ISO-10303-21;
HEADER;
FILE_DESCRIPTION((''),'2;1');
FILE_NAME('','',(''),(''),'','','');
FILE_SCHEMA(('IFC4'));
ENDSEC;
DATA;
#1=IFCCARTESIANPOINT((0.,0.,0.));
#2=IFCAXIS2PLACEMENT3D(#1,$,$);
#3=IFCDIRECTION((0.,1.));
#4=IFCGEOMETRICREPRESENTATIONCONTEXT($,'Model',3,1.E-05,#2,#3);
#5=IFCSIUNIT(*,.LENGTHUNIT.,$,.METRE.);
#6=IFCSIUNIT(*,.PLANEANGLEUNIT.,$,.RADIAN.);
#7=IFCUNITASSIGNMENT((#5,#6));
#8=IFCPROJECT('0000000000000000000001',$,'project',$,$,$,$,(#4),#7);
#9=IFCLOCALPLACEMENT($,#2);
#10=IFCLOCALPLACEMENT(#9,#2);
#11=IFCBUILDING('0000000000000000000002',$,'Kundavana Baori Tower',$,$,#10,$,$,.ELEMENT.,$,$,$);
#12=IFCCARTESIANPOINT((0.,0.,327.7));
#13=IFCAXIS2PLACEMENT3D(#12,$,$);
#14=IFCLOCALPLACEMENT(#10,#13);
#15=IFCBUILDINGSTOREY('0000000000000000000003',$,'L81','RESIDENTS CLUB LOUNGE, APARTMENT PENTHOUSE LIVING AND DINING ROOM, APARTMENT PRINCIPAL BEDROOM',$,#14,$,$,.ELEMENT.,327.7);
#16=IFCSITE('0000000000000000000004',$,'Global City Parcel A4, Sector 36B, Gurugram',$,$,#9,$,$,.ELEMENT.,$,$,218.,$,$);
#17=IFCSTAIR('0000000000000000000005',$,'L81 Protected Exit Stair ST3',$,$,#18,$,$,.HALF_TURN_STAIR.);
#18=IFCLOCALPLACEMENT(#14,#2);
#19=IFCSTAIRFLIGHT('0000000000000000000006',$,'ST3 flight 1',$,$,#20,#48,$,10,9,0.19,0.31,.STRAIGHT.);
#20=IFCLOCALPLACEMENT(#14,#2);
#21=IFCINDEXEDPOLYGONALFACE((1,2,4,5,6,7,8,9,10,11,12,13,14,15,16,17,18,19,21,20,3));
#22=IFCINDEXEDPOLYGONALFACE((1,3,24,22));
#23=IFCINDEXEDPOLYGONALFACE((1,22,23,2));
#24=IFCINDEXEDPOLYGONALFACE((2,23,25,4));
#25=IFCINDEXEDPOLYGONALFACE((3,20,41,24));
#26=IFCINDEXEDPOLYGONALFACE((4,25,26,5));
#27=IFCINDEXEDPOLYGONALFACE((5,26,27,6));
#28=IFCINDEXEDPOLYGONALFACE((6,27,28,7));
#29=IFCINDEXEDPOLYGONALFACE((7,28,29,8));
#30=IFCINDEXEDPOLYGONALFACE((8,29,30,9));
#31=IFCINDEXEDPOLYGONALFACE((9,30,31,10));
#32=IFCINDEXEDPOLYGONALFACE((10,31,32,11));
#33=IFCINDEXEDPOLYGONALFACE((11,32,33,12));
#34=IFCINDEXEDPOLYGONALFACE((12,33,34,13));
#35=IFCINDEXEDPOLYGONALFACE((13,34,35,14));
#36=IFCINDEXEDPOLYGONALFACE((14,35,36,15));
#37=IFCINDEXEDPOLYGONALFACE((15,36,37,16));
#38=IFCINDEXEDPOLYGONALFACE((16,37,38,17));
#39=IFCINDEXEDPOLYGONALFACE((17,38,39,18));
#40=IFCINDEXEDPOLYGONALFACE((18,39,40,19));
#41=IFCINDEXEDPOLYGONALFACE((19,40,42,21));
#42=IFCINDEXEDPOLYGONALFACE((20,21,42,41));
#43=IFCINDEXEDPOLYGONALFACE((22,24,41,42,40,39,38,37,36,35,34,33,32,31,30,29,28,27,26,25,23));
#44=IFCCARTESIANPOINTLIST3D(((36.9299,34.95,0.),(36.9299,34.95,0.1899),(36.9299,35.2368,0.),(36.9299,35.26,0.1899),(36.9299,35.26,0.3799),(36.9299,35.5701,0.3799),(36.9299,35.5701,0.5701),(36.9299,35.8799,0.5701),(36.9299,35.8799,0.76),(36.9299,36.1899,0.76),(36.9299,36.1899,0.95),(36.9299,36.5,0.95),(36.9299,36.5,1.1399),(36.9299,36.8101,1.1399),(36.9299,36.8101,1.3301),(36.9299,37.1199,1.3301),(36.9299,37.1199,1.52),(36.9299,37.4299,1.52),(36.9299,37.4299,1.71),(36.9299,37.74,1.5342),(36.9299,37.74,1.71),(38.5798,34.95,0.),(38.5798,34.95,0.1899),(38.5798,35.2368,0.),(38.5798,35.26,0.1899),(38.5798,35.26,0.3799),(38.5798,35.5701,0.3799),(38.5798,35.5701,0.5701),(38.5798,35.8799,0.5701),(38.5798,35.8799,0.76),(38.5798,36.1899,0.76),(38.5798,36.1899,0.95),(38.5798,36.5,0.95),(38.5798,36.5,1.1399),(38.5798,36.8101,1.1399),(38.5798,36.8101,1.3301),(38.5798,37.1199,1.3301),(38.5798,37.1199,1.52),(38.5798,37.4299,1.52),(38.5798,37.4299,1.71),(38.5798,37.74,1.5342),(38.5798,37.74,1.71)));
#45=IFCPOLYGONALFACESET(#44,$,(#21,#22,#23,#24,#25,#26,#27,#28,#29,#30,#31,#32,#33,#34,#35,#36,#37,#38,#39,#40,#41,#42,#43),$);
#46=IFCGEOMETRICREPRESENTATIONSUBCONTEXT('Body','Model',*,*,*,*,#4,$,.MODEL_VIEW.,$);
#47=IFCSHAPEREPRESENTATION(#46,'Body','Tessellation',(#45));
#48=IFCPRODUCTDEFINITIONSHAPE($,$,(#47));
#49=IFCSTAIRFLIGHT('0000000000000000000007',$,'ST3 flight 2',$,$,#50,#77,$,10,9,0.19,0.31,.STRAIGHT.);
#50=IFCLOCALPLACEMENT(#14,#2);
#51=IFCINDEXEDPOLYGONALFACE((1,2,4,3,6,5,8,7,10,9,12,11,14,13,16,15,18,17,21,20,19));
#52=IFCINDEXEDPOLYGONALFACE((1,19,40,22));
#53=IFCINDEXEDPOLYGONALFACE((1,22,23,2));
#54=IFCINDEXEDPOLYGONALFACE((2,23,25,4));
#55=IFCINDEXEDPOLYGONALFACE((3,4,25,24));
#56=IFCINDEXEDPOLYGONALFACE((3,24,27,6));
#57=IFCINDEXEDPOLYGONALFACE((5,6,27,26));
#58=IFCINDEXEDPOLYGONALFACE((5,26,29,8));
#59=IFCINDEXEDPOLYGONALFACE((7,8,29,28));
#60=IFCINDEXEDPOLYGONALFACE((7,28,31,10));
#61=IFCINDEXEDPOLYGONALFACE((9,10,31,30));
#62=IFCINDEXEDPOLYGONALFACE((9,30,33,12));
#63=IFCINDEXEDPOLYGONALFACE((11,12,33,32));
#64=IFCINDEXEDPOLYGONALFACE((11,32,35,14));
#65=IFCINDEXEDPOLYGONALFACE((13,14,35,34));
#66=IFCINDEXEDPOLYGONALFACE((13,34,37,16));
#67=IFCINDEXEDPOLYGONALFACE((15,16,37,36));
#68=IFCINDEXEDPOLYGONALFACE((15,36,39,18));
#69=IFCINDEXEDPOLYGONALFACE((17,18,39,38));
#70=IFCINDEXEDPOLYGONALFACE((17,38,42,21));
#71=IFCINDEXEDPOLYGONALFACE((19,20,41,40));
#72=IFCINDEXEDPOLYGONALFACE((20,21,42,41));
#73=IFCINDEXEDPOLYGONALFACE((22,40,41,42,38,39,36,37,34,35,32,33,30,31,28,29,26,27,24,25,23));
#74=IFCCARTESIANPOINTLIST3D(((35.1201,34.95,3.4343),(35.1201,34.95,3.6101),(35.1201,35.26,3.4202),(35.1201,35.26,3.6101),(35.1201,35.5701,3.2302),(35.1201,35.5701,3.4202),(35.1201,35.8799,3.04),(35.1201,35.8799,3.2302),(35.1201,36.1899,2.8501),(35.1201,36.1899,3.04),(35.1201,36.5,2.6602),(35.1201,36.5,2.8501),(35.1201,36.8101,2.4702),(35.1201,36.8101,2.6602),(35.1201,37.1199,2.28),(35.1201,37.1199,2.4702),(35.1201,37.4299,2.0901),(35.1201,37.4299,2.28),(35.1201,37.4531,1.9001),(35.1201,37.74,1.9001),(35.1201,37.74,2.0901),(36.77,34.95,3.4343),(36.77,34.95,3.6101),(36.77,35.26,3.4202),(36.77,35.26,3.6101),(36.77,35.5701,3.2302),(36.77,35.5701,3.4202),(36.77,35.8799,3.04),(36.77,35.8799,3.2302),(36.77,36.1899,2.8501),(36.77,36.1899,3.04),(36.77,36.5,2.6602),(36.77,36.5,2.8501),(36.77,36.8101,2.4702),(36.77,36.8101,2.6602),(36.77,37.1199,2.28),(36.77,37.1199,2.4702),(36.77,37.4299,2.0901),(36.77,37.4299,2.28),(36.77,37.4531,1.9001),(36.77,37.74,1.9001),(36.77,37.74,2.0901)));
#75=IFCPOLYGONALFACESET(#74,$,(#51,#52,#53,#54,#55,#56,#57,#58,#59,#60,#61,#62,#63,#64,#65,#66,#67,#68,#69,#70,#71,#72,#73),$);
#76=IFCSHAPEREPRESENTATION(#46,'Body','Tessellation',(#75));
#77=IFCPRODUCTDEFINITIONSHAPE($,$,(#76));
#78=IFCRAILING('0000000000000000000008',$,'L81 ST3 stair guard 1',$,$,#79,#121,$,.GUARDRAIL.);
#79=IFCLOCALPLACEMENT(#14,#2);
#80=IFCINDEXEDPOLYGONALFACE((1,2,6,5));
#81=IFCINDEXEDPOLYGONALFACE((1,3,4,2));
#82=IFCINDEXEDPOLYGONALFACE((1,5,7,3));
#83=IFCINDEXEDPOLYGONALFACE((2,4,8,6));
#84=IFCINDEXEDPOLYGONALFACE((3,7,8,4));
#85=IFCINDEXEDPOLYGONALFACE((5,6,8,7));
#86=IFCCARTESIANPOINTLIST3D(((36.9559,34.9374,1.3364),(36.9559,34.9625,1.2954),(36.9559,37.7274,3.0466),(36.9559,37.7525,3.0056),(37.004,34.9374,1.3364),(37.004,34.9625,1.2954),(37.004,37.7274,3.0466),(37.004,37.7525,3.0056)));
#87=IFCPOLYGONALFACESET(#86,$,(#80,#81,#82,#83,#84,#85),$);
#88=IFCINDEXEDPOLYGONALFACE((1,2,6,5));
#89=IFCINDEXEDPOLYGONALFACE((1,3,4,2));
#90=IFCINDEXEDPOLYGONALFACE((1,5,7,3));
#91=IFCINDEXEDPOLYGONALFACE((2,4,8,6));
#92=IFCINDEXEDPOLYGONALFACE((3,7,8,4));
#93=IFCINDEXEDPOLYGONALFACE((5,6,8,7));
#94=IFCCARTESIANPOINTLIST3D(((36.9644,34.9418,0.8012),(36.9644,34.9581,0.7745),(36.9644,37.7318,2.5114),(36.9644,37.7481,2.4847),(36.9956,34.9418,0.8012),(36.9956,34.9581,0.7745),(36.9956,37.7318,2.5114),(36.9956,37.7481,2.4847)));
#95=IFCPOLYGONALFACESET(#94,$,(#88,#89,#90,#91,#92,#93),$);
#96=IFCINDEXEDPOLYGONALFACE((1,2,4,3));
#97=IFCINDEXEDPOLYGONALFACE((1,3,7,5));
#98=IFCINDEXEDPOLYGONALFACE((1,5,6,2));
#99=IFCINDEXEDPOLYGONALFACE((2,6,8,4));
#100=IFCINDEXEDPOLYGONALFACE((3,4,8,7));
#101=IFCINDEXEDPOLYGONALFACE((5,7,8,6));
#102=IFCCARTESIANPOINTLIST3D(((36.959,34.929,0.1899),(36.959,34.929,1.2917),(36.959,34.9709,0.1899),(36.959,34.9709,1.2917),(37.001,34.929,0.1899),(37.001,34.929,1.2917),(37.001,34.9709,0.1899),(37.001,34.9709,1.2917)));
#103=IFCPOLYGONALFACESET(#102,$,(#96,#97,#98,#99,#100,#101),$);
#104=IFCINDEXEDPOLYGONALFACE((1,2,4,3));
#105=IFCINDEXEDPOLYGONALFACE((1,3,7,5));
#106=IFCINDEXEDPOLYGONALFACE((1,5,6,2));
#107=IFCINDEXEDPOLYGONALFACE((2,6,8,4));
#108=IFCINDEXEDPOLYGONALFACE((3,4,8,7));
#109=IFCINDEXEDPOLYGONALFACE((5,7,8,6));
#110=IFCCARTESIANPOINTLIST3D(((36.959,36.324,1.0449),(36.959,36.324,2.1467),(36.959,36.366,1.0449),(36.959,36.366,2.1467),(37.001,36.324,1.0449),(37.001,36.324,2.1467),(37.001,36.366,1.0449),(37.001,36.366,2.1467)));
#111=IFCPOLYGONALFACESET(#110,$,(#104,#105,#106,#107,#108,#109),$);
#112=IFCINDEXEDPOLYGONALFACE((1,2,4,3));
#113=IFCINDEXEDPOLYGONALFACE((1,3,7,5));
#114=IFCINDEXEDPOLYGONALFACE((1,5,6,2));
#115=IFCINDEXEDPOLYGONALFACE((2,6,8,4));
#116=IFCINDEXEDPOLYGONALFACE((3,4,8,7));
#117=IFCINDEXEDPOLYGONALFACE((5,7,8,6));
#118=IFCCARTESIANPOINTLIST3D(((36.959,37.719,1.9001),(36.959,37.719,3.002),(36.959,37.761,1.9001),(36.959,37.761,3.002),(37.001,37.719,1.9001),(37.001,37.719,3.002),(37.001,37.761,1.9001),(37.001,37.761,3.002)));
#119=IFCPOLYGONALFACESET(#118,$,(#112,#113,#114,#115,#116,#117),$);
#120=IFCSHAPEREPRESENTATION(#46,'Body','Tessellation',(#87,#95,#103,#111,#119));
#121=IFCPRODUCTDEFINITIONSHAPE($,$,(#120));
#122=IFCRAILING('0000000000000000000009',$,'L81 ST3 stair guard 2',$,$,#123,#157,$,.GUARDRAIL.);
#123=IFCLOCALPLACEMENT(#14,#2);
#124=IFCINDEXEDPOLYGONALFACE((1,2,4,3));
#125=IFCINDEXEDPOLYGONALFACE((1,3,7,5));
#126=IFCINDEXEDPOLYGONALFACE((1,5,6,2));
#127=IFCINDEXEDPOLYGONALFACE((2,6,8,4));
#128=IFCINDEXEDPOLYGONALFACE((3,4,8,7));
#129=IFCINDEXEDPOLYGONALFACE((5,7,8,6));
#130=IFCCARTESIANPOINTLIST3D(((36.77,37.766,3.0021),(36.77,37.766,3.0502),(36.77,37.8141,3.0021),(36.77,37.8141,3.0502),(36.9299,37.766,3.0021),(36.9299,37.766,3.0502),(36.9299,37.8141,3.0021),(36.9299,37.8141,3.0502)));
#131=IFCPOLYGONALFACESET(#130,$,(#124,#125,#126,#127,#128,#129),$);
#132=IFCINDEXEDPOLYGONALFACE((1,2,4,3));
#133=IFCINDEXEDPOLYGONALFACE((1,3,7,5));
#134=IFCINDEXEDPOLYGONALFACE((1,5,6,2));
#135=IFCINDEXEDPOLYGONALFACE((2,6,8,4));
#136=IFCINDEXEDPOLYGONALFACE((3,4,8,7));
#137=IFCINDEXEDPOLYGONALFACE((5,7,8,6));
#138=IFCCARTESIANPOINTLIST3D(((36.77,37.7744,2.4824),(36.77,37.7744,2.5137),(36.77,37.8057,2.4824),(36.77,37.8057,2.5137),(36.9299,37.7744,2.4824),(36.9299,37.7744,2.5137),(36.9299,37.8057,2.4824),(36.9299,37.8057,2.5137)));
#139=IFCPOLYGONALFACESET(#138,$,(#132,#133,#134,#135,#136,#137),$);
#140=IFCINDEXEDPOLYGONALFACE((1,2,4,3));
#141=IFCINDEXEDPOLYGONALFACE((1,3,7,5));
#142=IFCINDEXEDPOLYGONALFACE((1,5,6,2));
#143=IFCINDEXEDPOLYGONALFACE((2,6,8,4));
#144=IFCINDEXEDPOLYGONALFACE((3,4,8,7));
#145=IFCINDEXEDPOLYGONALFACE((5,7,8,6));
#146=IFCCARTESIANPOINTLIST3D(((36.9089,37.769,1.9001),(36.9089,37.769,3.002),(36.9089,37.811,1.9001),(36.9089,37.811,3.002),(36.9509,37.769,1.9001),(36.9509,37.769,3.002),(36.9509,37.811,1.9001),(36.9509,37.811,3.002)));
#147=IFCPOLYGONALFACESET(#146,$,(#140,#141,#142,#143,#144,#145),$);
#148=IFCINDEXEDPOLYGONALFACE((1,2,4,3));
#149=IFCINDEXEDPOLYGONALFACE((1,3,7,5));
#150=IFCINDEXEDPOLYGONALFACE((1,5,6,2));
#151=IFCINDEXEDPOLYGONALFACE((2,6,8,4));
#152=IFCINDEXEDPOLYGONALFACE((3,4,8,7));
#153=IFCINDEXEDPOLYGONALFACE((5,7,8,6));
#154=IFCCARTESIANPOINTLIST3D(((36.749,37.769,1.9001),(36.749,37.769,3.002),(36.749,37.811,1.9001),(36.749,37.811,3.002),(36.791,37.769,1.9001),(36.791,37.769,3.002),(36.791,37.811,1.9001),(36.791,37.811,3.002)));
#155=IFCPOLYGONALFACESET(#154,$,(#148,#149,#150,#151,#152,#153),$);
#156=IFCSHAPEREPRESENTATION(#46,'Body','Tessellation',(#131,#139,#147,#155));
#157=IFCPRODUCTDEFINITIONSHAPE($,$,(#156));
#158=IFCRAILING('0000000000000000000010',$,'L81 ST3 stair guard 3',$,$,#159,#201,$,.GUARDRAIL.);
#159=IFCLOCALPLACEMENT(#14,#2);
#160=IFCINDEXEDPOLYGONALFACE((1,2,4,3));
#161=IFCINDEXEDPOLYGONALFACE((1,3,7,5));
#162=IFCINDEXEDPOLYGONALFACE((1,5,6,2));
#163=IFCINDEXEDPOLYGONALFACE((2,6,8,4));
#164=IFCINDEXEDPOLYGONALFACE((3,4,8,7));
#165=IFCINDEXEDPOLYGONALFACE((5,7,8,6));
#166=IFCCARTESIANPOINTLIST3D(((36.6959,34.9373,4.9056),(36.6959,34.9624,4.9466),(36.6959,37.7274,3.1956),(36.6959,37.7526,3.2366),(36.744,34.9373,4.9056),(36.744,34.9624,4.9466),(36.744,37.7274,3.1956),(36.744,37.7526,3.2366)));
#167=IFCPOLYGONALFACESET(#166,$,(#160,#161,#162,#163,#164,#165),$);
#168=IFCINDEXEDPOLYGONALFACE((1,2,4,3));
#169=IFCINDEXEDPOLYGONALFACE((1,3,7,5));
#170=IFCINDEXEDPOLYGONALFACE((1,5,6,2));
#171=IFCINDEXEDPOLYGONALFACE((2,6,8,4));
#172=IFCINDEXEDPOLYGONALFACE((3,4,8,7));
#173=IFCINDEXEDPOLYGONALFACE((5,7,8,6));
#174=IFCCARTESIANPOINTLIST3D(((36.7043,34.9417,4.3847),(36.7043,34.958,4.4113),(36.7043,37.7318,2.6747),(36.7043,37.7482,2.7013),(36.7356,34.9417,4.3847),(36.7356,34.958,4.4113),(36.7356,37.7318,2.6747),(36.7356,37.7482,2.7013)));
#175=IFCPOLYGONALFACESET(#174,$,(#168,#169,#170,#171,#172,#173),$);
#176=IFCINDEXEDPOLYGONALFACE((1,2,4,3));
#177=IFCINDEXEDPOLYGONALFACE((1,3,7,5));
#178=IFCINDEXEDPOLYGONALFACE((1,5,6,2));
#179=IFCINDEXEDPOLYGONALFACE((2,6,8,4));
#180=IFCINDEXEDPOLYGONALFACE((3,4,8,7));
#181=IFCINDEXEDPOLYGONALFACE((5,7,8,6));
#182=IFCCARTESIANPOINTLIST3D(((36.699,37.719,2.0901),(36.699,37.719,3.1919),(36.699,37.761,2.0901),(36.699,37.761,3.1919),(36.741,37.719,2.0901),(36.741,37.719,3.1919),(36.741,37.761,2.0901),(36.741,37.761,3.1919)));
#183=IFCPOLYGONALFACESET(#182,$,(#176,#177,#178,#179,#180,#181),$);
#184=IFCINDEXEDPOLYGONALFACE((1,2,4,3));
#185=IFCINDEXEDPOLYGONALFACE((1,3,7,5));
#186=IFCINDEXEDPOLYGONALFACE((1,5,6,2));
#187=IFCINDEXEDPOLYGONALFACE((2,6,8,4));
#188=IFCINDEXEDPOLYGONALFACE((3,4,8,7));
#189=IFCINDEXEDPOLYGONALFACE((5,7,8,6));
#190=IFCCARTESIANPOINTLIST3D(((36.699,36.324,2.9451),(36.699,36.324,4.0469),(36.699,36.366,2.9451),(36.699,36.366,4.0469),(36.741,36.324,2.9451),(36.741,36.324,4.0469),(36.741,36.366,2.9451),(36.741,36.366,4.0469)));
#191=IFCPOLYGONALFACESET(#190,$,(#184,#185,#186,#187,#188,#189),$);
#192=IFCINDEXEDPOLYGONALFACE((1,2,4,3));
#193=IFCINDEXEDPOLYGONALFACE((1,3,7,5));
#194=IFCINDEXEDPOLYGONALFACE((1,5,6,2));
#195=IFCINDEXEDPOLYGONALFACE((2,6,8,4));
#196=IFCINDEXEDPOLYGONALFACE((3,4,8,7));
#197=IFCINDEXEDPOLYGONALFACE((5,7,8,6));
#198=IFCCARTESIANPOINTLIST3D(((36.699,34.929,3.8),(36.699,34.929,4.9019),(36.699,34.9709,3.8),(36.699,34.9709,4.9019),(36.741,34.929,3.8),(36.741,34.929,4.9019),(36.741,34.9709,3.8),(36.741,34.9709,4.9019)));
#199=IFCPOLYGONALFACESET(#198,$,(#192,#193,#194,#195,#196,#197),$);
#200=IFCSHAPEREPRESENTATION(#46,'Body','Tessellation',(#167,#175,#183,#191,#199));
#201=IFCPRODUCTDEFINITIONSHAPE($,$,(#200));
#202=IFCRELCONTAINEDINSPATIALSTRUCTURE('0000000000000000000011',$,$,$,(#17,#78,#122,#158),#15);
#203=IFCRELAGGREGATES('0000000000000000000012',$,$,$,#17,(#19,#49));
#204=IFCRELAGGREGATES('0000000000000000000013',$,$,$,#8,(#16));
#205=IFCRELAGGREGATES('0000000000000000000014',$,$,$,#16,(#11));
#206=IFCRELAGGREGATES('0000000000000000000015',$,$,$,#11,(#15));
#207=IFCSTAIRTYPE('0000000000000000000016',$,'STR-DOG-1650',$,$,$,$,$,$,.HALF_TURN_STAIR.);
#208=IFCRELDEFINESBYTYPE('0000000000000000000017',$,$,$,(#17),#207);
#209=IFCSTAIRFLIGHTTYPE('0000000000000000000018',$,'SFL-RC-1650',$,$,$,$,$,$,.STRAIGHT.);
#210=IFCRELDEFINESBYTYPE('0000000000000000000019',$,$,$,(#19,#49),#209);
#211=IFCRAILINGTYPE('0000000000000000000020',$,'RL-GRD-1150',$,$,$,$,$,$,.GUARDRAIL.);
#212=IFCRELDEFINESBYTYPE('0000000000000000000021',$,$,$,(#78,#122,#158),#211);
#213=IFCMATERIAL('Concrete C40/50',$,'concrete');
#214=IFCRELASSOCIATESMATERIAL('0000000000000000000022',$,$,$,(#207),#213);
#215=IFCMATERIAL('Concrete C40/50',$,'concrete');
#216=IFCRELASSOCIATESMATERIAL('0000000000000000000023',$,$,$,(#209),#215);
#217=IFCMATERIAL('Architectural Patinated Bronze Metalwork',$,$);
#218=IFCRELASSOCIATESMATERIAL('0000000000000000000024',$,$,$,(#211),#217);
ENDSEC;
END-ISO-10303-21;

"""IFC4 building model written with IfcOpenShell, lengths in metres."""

from ifc_helpers import new_model, si_unit, direction, frame, origin, origin_2d, place, context, subcontext, project, spatial, polyline, rectangle, outline, extrude, material, type_object, element, aggregate, save


model = new_model("IFC4")

# Units and contexts
model_context = context("Model", 3, precision=1e-05, world=origin(), true_north=direction((0.0, 1.0)))
body_context = subcontext(model_context, "Body", "Model", "MODEL_VIEW")
ifc_project = project(units=[si_unit("LENGTHUNIT", "METRE"), si_unit("PLANEANGLEUNIT", "RADIAN")], contexts=[model_context])

# Site, building, storey
site_placement = place(None, origin())
site = spatial("IfcSite", under=ifc_project, at=site_placement, Name="Global City Parcel A4, Sector 36B, Gurugram", CompositionType="ELEMENT", RefElevation=218.0)
building_placement = place(site_placement, origin())
building = spatial("IfcBuilding", under=site, at=building_placement, Name="Kundavana Baori Tower", CompositionType="ELEMENT")
storey_placement = place(building_placement, frame((0.0, 0.0, 327.7)))
storey = spatial("IfcBuildingStorey", under=building, at=storey_placement, Name="L81", Description="RESIDENTS CLUB LOUNGE, APARTMENT PENTHOUSE LIVING AND DINING ROOM, APARTMENT PRINCIPAL BEDROOM", CompositionType="ELEMENT", Elevation=327.7)

# Stair, stair flights
ifc_material_1 = material(Name="Concrete C40/50", Category="concrete")
stair_type = type_object("IfcStairType", Name="STR-DOG-1650", PredefinedType="HALF_TURN_STAIR", material=ifc_material_1)
stair_placement = place(storey_placement, origin())
stair = element("IfcStair", 1, at=stair_placement, inside=storey, type_object=stair_type, Name="L81 Protected Exit Stair ST3", PredefinedType="HALF_TURN_STAIR")
ifc_material_2 = material(Name="Concrete C40/50", Category="concrete")
stair_flight_type = type_object("IfcStairFlightType", Name="SFL-RC-1650", PredefinedType="STRAIGHT", material=ifc_material_2)
stair_flight_1_placement = place(storey_placement, frame((37.7549, 34.95, 0.0), z_axis=(0.0, 0.0, 1.0), x_axis=(0.0, 1.0, 0.0)))
stair_flight_1 = element("IfcStairFlight", 2, at=stair_flight_1_placement, type_object=stair_flight_type, Name="ST3 flight 1", NumberOfRisers=10, NumberOfTreads=9, PredefinedType="STRAIGHT", RiserHeight=0.19, TreadLength=0.31, context=body_context, shape_type="SweptSolid", body=[
    extrude(outline(polyline([(0.0, 0.0), (0.0, 0.1899), (0.3101, 0.1899), (0.3101, 0.3799), (0.6201, 0.3799), (0.6201, 0.5701), (0.9299, 0.5701), (0.9299, 0.76), (1.24, 0.76), (1.24, 0.95), (1.55, 0.95), (1.55, 1.1399), (1.8601, 1.1399), (1.8601, 1.3301), (2.1699, 1.3301), (2.1699, 1.52), (2.48, 1.52), (2.48, 1.71), (2.79, 1.71), (2.79, 1.8999), (2.79, 1.5342), (0.2869, 0.0), (0.0, 0.0)])), frame((0.0, 0.825, 0.0), z_axis=(0.0, -1.0, 0.0), x_axis=(1.0, 0.0, 0.0)), (0.0, 0.0, 1.0), 1.6499),
])
stair_flight_2_placement = place(storey_placement, frame((35.9451, 37.74, 1.9001), z_axis=(0.0, 0.0, 1.0), x_axis=(0.0, -1.0, 0.0)))
stair_flight_2 = element("IfcStairFlight", 3, at=stair_flight_2_placement, type_object=stair_flight_type, Name="ST3 flight 2", NumberOfRisers=10, NumberOfTreads=9, PredefinedType="STRAIGHT", RiserHeight=0.19, TreadLength=0.31, context=body_context, shape_type="SweptSolid", body=[
    extrude(outline(polyline([(0.0, 0.0), (0.0, 0.1899), (0.3101, 0.1899), (0.3101, 0.3799), (0.6201, 0.3799), (0.6201, 0.5701), (0.9299, 0.5701), (0.9299, 0.76), (1.24, 0.76), (1.24, 0.95), (1.55, 0.95), (1.55, 1.1399), (1.8601, 1.1399), (1.8601, 1.3301), (2.1699, 1.3301), (2.1699, 1.52), (2.48, 1.52), (2.48, 1.71), (2.79, 1.71), (2.79, 1.8999), (2.79, 1.5342), (0.2869, 0.0), (0.0, 0.0)])), frame((0.0, 0.825, 0.0), z_axis=(0.0, -1.0, 0.0), x_axis=(1.0, 0.0, 0.0)), (0.0, 0.0, 1.0), 1.6499),
])
aggregate(stair, [stair_flight_1, stair_flight_2])

# Railings
ifc_material_3 = material(Name="Architectural Patinated Bronze Metalwork")
railing_type_1 = type_object("IfcRailingType", Name="RL-GRD-1150", PredefinedType="GUARDRAIL", material=ifc_material_3)
railing_1_placement = place(storey_placement, frame((36.98, 34.95, 0.1899)))
element("IfcRailing", 4, at=railing_1_placement, inside=storey, type_object=railing_type_1, Name="L81 ST3 stair guard 1", PredefinedType="GUARDRAIL", context=body_context, shape_type="SweptSolid", body=[
    extrude(rectangle(XDim=0.0481, YDim=0.0481, at=origin_2d()), frame((0.0, 0.0, 1.126), z_axis=(0.0, 0.852577, 0.522602), x_axis=(-1.0, 0.0, 0.0)), (0.0, 0.0, 1.0), 3.2725),
    extrude(rectangle(XDim=0.0312, YDim=0.0312, at=origin_2d()), frame((0.0, 0.0, 0.5979), z_axis=(0.0, 0.852577, 0.522602), x_axis=(-1.0, 0.0, 0.0)), (0.0, 0.0, 1.0), 3.2725),
    extrude(rectangle(XDim=0.042, YDim=0.042, at=origin_2d()), origin(), (0.0, 0.0, 1.0), 1.1018),
    extrude(rectangle(XDim=0.042, YDim=0.042, at=origin_2d()), frame((0.0, 1.395, 0.855)), (0.0, 0.0, 1.0), 1.1018),
    extrude(rectangle(XDim=0.042, YDim=0.042, at=origin_2d()), frame((0.0, 2.79, 1.7102)), (0.0, 0.0, 1.0), 1.1018),
])
railing_2_placement = place(storey_placement, frame((36.9299, 37.79, 1.9001)))
element("IfcRailing", 5, at=railing_2_placement, inside=storey, type_object=railing_type_1, Name="L81 ST3 stair guard 2", PredefinedType="GUARDRAIL", context=body_context, shape_type="SweptSolid", body=[
    extrude(rectangle(XDim=0.0481, YDim=0.0481, at=origin_2d()), frame((0.0, 0.0, 1.126), z_axis=(-1.0, 0.0, 0.0), x_axis=(0.0, -1.0, 0.0)), (0.0, 0.0, 1.0), 0.1599),
    extrude(rectangle(XDim=0.0312, YDim=0.0312, at=origin_2d()), frame((0.0, 0.0, 0.5979), z_axis=(-1.0, 0.0, 0.0), x_axis=(0.0, -1.0, 0.0)), (0.0, 0.0, 1.0), 0.1599),
    extrude(rectangle(XDim=0.042, YDim=0.042, at=origin_2d()), origin(), (0.0, 0.0, 1.0), 1.1018),
    extrude(rectangle(XDim=0.042, YDim=0.042, at=origin_2d()), frame((-0.1599, 0.0, 0.0)), (0.0, 0.0, 1.0), 1.1018),
])
railing_3_placement = place(storey_placement, frame((36.72, 37.74, 2.0901)))
element("IfcRailing", 6, at=railing_3_placement, inside=storey, type_object=railing_type_1, Name="L81 ST3 stair guard 3", PredefinedType="GUARDRAIL", context=body_context, shape_type="SweptSolid", body=[
    extrude(rectangle(XDim=0.0481, YDim=0.0481, at=origin_2d()), frame((0.0, 0.0, 1.126), z_axis=(0.0, -0.85261, 0.522548), x_axis=(1.0, 0.0, 0.0)), (0.0, 0.0, 1.0), 3.2725),
    extrude(rectangle(XDim=0.0312, YDim=0.0312, at=origin_2d()), frame((0.0, 0.0, 0.5979), z_axis=(0.0, -0.85261, 0.522548), x_axis=(1.0, 0.0, 0.0)), (0.0, 0.0, 1.0), 3.2725),
    extrude(rectangle(XDim=0.042, YDim=0.042, at=origin_2d()), origin(), (0.0, 0.0, 1.0), 1.1018),
    extrude(rectangle(XDim=0.042, YDim=0.042, at=origin_2d()), frame((0.0, -1.395, 0.855)), (0.0, 0.0, 1.0), 1.1018),
    extrude(rectangle(XDim=0.042, YDim=0.042, at=origin_2d()), frame((0.0, -2.79, 1.71)), (0.0, 0.0, 1.0), 1.1018),
])

save(model, "model.ifc")
